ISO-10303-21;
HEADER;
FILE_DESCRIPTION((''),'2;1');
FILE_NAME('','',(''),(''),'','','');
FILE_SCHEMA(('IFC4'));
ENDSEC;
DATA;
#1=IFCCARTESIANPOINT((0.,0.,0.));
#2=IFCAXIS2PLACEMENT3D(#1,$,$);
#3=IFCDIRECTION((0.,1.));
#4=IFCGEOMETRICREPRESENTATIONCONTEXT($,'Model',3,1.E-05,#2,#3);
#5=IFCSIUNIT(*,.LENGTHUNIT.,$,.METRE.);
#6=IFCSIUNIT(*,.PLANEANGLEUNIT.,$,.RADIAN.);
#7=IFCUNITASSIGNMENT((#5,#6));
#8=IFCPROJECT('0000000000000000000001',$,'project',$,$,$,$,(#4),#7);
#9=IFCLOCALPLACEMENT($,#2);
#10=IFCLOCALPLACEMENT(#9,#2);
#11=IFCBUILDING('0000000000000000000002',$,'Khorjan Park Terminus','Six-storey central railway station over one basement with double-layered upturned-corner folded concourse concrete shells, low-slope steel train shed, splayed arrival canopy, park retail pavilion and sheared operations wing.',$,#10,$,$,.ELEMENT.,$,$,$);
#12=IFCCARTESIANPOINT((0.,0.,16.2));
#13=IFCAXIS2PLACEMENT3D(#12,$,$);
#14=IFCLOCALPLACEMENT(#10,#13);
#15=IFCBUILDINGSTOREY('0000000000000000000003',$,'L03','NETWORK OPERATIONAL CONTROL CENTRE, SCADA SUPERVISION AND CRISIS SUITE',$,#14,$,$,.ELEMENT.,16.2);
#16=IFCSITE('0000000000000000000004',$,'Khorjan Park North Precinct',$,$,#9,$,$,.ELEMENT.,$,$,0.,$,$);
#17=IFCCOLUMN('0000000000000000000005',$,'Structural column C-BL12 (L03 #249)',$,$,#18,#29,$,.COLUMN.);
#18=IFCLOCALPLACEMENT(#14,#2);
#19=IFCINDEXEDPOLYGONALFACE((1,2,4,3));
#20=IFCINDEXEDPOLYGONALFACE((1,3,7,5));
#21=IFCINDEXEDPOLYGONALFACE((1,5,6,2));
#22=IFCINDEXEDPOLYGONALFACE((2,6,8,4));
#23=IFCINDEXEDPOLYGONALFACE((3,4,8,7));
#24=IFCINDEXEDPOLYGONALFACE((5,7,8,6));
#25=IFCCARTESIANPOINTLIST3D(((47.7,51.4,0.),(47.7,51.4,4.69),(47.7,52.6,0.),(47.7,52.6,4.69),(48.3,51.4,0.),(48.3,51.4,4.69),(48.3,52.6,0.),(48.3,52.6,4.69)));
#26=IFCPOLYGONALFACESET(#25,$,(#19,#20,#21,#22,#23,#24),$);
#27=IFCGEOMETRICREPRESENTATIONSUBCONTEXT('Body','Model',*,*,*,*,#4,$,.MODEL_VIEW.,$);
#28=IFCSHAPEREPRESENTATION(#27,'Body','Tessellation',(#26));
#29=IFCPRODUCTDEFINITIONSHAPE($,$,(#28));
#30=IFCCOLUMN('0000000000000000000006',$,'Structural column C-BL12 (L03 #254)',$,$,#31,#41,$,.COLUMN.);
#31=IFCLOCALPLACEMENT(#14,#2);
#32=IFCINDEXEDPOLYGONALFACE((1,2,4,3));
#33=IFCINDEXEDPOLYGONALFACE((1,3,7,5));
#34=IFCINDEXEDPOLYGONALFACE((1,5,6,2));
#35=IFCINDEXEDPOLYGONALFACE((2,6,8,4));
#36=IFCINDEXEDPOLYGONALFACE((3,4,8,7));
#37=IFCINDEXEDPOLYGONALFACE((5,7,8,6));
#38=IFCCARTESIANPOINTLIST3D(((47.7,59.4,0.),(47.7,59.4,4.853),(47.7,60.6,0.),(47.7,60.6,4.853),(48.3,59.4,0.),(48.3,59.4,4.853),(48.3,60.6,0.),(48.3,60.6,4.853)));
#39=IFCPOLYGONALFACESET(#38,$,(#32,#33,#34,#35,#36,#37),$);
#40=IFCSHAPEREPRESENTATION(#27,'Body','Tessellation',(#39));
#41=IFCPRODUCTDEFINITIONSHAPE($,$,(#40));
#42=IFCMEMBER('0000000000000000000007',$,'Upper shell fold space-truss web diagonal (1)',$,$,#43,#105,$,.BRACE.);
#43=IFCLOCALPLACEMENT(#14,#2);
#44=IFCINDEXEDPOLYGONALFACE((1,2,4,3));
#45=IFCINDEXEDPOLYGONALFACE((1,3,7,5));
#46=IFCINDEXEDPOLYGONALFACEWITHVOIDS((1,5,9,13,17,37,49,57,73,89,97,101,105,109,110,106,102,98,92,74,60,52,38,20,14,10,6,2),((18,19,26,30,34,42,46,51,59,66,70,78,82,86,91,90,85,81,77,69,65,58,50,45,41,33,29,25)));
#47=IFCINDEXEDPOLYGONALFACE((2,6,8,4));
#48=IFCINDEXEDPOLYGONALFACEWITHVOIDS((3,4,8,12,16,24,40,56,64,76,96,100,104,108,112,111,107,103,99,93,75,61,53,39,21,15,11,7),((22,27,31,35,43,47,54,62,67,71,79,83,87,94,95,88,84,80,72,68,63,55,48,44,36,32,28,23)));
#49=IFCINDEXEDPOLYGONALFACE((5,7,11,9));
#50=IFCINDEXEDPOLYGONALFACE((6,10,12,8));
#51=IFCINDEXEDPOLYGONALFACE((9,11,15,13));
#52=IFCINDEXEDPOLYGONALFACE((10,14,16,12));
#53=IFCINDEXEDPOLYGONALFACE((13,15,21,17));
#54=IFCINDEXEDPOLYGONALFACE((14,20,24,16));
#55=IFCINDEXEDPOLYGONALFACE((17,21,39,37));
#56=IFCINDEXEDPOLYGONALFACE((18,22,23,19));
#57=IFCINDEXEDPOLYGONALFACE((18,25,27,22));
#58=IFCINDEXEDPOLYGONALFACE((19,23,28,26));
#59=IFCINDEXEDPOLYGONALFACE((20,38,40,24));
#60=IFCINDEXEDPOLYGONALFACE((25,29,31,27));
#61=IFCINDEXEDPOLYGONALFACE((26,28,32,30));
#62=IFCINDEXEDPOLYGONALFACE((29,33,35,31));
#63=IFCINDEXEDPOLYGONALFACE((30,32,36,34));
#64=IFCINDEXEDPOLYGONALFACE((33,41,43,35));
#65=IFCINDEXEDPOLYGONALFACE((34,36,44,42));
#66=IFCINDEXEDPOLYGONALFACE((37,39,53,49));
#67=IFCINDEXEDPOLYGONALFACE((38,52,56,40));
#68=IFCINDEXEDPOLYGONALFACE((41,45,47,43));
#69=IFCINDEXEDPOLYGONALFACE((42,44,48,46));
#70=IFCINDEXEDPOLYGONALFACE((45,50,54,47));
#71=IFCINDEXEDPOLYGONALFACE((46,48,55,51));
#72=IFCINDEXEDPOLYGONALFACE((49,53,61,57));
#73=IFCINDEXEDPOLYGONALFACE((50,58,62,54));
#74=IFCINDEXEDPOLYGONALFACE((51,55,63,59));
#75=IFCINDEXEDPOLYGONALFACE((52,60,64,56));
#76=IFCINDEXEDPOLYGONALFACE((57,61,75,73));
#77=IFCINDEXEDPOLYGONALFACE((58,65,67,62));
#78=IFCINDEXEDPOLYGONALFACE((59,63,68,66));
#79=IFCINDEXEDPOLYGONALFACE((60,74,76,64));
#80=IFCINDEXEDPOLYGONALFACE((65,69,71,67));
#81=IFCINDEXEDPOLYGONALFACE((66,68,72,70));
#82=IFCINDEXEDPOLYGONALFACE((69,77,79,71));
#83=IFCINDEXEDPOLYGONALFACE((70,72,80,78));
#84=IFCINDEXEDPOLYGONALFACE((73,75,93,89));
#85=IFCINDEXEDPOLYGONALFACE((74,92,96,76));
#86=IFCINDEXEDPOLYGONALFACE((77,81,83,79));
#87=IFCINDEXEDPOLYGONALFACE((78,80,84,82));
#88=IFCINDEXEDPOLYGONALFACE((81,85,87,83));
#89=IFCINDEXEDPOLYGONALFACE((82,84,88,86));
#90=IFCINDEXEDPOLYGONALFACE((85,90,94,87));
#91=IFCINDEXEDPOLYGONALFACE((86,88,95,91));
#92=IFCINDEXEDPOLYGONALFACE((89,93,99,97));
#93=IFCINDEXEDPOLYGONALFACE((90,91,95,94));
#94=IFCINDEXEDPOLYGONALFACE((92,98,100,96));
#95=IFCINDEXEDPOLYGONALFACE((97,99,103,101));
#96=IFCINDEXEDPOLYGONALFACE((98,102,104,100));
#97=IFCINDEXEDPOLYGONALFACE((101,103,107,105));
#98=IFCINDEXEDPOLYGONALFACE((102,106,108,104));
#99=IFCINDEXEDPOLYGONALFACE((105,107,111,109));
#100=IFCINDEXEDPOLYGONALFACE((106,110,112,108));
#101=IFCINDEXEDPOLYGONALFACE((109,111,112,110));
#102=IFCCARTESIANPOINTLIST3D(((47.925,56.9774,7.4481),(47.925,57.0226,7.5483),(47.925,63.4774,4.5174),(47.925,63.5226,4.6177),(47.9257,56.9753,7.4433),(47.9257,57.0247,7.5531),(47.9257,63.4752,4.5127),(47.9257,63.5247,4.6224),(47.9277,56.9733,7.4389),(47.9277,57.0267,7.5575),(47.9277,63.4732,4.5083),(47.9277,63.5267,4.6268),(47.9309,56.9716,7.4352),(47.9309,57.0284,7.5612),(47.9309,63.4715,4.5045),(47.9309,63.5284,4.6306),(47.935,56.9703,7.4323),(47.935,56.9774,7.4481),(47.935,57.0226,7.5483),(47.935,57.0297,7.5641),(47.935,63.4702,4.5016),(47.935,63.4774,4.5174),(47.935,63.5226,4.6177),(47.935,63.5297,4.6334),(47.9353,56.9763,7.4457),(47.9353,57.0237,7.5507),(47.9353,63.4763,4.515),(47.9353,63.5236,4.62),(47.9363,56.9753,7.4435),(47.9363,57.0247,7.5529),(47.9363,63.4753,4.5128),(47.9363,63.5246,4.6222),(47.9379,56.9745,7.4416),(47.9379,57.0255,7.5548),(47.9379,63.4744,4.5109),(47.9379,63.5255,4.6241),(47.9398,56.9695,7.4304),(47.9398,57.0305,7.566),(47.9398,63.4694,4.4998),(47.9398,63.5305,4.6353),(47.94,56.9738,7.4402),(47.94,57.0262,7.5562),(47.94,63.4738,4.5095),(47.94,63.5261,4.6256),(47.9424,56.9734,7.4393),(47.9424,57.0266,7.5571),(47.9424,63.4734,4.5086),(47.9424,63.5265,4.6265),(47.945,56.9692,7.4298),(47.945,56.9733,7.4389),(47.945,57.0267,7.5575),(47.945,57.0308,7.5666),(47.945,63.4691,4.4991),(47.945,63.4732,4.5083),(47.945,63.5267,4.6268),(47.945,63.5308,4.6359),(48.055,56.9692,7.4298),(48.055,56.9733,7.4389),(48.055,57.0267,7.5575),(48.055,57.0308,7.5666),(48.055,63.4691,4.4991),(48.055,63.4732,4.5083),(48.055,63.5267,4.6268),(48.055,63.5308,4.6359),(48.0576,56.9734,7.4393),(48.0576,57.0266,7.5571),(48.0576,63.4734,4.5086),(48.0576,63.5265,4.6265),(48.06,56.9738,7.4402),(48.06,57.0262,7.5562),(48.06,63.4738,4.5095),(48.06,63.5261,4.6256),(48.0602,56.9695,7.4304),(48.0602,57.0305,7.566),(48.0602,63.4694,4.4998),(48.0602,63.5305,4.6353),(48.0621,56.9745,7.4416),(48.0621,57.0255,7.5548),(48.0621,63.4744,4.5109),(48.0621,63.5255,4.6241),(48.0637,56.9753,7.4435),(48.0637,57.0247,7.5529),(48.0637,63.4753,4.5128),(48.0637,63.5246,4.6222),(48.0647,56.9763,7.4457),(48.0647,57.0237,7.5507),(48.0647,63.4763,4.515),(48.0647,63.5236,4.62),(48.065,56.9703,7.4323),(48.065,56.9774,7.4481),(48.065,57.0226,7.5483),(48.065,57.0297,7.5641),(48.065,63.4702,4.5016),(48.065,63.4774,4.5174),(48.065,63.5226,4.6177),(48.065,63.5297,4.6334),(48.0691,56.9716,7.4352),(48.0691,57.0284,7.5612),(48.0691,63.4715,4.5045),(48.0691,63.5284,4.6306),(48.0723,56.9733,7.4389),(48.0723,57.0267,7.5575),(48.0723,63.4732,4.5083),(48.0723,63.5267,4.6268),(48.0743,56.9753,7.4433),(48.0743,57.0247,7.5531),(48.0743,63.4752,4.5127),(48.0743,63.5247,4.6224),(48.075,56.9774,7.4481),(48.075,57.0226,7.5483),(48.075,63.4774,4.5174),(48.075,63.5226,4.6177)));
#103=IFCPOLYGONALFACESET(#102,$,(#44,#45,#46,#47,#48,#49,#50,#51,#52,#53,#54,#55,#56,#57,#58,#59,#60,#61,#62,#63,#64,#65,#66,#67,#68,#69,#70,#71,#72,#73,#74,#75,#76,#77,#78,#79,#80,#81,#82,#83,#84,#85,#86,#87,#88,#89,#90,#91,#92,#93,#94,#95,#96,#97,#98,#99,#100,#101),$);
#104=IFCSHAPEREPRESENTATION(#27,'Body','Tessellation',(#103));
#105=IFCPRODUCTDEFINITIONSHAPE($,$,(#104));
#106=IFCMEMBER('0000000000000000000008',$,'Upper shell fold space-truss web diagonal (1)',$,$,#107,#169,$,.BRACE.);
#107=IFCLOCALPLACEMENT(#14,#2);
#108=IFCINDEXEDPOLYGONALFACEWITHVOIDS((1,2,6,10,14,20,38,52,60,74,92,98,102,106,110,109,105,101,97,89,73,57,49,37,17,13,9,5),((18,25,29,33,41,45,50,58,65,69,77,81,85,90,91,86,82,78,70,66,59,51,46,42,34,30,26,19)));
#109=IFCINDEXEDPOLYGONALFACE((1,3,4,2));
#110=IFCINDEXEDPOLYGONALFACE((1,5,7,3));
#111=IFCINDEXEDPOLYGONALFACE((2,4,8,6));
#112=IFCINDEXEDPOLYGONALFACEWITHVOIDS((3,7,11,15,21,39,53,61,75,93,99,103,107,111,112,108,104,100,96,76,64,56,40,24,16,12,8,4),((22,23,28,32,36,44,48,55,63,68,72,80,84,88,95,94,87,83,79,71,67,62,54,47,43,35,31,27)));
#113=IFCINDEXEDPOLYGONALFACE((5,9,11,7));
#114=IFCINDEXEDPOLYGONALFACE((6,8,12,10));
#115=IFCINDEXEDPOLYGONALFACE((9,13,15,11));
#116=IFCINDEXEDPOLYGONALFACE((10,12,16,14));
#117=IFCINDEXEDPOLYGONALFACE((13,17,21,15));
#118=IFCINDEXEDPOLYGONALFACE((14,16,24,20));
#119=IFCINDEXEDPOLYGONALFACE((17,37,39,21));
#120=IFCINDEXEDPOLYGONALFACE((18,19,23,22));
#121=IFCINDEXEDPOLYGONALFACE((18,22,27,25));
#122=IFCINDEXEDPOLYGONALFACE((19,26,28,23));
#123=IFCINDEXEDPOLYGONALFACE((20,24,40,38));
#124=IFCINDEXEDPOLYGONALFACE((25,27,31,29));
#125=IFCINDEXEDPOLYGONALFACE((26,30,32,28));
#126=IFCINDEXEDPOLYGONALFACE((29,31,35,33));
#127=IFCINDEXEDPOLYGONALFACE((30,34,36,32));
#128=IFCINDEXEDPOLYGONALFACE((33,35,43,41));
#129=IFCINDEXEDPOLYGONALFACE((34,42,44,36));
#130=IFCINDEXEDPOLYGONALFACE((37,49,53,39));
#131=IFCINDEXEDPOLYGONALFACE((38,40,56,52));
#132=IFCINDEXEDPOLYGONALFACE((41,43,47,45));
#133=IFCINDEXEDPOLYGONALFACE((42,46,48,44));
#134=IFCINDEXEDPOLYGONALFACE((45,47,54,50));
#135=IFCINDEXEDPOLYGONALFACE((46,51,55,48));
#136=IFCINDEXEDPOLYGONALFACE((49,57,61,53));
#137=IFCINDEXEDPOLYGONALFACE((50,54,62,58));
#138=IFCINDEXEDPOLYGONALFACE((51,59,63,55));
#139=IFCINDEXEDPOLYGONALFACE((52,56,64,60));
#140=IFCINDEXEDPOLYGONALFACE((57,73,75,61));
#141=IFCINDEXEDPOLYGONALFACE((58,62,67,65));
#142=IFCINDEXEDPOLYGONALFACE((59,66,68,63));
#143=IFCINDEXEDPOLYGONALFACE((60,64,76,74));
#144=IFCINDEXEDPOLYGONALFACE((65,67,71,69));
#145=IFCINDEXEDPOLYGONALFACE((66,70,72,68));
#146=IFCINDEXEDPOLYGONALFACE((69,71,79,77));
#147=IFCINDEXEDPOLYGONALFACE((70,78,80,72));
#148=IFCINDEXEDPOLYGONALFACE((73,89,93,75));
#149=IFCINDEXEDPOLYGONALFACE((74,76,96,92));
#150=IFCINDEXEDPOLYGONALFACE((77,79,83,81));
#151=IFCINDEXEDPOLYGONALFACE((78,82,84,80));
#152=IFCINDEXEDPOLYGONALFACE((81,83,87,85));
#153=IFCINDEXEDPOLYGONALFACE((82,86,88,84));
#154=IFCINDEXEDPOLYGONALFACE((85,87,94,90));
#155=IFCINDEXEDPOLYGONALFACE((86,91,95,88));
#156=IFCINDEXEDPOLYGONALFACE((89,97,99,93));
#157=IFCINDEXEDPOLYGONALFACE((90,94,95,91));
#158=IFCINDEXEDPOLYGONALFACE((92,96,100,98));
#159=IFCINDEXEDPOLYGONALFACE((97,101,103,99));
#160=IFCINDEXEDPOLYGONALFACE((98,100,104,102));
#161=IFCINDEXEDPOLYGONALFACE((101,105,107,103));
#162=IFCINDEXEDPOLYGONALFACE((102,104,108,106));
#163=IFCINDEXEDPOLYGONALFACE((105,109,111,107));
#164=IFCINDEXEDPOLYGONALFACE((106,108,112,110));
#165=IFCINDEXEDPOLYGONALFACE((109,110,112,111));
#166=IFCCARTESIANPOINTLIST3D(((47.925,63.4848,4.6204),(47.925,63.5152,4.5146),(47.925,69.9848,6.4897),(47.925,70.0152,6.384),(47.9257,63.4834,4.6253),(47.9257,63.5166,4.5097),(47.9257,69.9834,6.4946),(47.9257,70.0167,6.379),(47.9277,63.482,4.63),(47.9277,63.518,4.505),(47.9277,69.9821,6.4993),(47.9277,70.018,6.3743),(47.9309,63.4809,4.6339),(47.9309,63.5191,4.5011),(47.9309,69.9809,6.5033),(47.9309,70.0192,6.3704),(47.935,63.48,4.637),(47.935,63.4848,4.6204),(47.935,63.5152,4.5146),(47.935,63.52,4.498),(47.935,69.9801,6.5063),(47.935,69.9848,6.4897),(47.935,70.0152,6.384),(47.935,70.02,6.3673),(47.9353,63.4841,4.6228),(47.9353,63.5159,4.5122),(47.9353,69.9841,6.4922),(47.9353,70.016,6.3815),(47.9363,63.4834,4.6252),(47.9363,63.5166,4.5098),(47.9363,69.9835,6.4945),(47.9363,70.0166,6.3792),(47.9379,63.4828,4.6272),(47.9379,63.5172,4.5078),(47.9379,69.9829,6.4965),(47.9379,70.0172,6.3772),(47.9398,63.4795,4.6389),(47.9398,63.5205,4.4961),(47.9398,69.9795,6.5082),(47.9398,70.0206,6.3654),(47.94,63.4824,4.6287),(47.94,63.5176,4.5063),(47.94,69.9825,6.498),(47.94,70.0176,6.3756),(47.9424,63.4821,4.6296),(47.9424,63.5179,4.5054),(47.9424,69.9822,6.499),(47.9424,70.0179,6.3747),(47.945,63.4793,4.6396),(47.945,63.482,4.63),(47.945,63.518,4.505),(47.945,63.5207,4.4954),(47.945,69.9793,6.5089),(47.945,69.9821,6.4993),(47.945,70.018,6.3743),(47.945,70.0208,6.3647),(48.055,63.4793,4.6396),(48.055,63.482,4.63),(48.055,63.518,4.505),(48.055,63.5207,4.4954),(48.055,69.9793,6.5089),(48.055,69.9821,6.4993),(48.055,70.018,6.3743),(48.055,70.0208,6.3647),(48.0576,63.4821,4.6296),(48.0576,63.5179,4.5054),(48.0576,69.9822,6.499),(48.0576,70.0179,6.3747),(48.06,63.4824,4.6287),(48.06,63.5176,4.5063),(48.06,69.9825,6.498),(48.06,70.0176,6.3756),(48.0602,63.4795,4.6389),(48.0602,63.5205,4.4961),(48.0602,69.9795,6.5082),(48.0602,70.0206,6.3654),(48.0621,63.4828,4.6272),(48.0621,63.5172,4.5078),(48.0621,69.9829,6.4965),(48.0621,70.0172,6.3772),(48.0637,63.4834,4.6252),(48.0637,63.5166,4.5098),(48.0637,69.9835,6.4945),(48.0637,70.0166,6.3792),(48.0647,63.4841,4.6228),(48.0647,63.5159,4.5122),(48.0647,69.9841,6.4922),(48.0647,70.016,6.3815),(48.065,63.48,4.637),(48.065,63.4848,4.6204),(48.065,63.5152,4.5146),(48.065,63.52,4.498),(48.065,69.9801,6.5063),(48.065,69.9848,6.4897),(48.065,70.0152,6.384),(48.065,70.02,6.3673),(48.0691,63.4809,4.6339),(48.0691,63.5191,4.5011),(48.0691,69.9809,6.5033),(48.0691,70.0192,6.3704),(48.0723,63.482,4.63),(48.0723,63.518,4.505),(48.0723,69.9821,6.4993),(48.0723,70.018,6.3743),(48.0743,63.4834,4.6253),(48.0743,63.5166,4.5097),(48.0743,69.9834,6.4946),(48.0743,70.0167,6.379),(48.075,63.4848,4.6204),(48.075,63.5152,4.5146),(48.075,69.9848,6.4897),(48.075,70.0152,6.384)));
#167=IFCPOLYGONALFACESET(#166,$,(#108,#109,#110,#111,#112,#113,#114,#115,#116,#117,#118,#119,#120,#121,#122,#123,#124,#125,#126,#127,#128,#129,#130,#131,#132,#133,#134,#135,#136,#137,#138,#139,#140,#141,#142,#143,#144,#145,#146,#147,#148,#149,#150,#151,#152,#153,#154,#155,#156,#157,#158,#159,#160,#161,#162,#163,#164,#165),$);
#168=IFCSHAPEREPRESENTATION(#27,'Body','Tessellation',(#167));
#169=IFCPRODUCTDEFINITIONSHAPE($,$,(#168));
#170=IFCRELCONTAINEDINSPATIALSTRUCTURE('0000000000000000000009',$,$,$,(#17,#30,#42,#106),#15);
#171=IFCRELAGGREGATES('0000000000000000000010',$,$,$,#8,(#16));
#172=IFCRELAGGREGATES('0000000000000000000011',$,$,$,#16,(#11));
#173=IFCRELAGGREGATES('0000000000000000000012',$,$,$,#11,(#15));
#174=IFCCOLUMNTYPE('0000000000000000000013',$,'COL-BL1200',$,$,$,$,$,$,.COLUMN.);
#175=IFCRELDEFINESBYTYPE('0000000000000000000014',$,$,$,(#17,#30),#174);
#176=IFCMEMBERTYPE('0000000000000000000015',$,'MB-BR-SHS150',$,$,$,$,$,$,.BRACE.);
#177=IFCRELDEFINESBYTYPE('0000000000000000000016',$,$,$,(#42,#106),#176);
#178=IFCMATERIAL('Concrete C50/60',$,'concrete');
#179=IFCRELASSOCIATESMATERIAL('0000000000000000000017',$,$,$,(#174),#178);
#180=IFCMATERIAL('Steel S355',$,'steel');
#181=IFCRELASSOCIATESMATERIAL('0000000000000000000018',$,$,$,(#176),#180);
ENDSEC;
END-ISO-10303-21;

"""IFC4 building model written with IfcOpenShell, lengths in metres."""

from ifc_helpers import new_model, si_unit, direction, frame, origin, origin_2d, place, context, subcontext, project, spatial, rectangle, hollow_rectangle, extrude, material, material_profile, profile_set, type_object, element, save


model = new_model("IFC4")

# Units and contexts
model_context = context("Model", 3, precision=1e-05, world=origin(), true_north=direction((0.0, 1.0)))
body_context = subcontext(model_context, "Body", "Model", "MODEL_VIEW")
ifc_project = project(units=[si_unit("LENGTHUNIT", "METRE"), si_unit("PLANEANGLEUNIT", "RADIAN")], contexts=[model_context])

# Site, building, storey
site_placement = place(None, origin())
site = spatial("IfcSite", under=ifc_project, at=site_placement, Name="Khorjan Park North Precinct", CompositionType="ELEMENT", RefElevation=0.0)
building_placement = place(site_placement, origin())
building = spatial("IfcBuilding", under=site, at=building_placement, Name="Khorjan Park Terminus", Description="Six-storey central railway station over one basement with double-layered upturned-corner folded concourse concrete shells, low-slope steel train shed, splayed arrival canopy, park retail pavilion and sheared operations wing.", CompositionType="ELEMENT")
storey_placement = place(building_placement, frame((0.0, 0.0, 16.2)))
storey = spatial("IfcBuildingStorey", under=building, at=storey_placement, Name="L03", Description="NETWORK OPERATIONAL CONTROL CENTRE, SCADA SUPERVISION AND CRISIS SUITE", CompositionType="ELEMENT", Elevation=16.2)

# Columns
ifc_material_1 = material(Name="Concrete C50/60", Category="concrete")
ifc_material_profile_1 = material_profile(ifc_material_1, rectangle(XDim=0.6, YDim=1.2, at=origin_2d()), Name="RC 600x1200")
ifc_profile_set_1 = profile_set([ifc_material_profile_1], Name="Concrete C50/60")
column_type = type_object("IfcColumnType", Name="COL-BL1200", PredefinedType="COLUMN", material=ifc_profile_set_1)
column_1_placement = place(storey_placement, frame((48.0, 52.0, 0.0), z_axis=(0.0, 0.0, 1.0), x_axis=(1.0, 0.0, 0.0)))
element("IfcColumn", 1, at=column_1_placement, inside=storey, type_object=column_type, Name="Structural column C-BL12 (L03 #249)", PredefinedType="COLUMN", context=body_context, shape_type="SweptSolid", body=[
    extrude(rectangle(XDim=0.6, YDim=1.2, at=origin_2d()), origin(), (0.0, 0.0, 1.0), 4.69),
])
column_2_placement = place(storey_placement, frame((48.0, 60.0, 0.0), z_axis=(0.0, 0.0, 1.0), x_axis=(1.0, 0.0, 0.0)))
element("IfcColumn", 2, at=column_2_placement, inside=storey, type_object=column_type, Name="Structural column C-BL12 (L03 #254)", PredefinedType="COLUMN", context=body_context, shape_type="SweptSolid", body=[
    extrude(rectangle(XDim=0.6, YDim=1.2, at=origin_2d()), origin(), (0.0, 0.0, 1.0), 4.853),
])

# Members
ifc_material_2 = material(Name="Steel S355", Category="steel")
ifc_material_profile_2 = material_profile(ifc_material_2, hollow_rectangle(XDim=0.15, YDim=0.15, WallThickness=0.01, InnerFilletRadius=0.01, OuterFilletRadius=0.02, at=origin_2d()), Name="SHS 150x150x10")
ifc_profile_set_2 = profile_set([ifc_material_profile_2], Name="Steel S355")
member_type_1 = type_object("IfcMemberType", Name="MB-BR-SHS150", PredefinedType="BRACE", material=ifc_profile_set_2)
member_1_placement = place(storey_placement, frame((48.0, 57.0, 7.4982), z_axis=(0.0, 0.911622, -0.411029), x_axis=(-1.0, 0.0, 0.0)))
element("IfcMember", 3, at=member_1_placement, inside=storey, type_object=member_type_1, Name="Upper shell fold space-truss web diagonal (1)", PredefinedType="BRACE", context=body_context, shape_type="SweptSolid", body=[
    extrude(hollow_rectangle(XDim=0.15, YDim=0.15, WallThickness=0.01, InnerFilletRadius=0.01, OuterFilletRadius=0.02, at=origin_2d()), origin(), (0.0, 0.0, 1.0), 7.1301),
])
member_2_placement = place(storey_placement, frame((48.0, 63.5, 4.5675), z_axis=(0.0, 0.961048, 0.276383), x_axis=(-1.0, 0.0, 0.0)))
element("IfcMember", 4, at=member_2_placement, inside=storey, type_object=member_type_1, Name="Upper shell fold space-truss web diagonal (1)", PredefinedType="BRACE", context=body_context, shape_type="SweptSolid", body=[
    extrude(hollow_rectangle(XDim=0.15, YDim=0.15, WallThickness=0.01, InnerFilletRadius=0.01, OuterFilletRadius=0.02, at=origin_2d()), origin(), (0.0, 0.0, 1.0), 6.7635),
])

save(model, "model.ifc")
